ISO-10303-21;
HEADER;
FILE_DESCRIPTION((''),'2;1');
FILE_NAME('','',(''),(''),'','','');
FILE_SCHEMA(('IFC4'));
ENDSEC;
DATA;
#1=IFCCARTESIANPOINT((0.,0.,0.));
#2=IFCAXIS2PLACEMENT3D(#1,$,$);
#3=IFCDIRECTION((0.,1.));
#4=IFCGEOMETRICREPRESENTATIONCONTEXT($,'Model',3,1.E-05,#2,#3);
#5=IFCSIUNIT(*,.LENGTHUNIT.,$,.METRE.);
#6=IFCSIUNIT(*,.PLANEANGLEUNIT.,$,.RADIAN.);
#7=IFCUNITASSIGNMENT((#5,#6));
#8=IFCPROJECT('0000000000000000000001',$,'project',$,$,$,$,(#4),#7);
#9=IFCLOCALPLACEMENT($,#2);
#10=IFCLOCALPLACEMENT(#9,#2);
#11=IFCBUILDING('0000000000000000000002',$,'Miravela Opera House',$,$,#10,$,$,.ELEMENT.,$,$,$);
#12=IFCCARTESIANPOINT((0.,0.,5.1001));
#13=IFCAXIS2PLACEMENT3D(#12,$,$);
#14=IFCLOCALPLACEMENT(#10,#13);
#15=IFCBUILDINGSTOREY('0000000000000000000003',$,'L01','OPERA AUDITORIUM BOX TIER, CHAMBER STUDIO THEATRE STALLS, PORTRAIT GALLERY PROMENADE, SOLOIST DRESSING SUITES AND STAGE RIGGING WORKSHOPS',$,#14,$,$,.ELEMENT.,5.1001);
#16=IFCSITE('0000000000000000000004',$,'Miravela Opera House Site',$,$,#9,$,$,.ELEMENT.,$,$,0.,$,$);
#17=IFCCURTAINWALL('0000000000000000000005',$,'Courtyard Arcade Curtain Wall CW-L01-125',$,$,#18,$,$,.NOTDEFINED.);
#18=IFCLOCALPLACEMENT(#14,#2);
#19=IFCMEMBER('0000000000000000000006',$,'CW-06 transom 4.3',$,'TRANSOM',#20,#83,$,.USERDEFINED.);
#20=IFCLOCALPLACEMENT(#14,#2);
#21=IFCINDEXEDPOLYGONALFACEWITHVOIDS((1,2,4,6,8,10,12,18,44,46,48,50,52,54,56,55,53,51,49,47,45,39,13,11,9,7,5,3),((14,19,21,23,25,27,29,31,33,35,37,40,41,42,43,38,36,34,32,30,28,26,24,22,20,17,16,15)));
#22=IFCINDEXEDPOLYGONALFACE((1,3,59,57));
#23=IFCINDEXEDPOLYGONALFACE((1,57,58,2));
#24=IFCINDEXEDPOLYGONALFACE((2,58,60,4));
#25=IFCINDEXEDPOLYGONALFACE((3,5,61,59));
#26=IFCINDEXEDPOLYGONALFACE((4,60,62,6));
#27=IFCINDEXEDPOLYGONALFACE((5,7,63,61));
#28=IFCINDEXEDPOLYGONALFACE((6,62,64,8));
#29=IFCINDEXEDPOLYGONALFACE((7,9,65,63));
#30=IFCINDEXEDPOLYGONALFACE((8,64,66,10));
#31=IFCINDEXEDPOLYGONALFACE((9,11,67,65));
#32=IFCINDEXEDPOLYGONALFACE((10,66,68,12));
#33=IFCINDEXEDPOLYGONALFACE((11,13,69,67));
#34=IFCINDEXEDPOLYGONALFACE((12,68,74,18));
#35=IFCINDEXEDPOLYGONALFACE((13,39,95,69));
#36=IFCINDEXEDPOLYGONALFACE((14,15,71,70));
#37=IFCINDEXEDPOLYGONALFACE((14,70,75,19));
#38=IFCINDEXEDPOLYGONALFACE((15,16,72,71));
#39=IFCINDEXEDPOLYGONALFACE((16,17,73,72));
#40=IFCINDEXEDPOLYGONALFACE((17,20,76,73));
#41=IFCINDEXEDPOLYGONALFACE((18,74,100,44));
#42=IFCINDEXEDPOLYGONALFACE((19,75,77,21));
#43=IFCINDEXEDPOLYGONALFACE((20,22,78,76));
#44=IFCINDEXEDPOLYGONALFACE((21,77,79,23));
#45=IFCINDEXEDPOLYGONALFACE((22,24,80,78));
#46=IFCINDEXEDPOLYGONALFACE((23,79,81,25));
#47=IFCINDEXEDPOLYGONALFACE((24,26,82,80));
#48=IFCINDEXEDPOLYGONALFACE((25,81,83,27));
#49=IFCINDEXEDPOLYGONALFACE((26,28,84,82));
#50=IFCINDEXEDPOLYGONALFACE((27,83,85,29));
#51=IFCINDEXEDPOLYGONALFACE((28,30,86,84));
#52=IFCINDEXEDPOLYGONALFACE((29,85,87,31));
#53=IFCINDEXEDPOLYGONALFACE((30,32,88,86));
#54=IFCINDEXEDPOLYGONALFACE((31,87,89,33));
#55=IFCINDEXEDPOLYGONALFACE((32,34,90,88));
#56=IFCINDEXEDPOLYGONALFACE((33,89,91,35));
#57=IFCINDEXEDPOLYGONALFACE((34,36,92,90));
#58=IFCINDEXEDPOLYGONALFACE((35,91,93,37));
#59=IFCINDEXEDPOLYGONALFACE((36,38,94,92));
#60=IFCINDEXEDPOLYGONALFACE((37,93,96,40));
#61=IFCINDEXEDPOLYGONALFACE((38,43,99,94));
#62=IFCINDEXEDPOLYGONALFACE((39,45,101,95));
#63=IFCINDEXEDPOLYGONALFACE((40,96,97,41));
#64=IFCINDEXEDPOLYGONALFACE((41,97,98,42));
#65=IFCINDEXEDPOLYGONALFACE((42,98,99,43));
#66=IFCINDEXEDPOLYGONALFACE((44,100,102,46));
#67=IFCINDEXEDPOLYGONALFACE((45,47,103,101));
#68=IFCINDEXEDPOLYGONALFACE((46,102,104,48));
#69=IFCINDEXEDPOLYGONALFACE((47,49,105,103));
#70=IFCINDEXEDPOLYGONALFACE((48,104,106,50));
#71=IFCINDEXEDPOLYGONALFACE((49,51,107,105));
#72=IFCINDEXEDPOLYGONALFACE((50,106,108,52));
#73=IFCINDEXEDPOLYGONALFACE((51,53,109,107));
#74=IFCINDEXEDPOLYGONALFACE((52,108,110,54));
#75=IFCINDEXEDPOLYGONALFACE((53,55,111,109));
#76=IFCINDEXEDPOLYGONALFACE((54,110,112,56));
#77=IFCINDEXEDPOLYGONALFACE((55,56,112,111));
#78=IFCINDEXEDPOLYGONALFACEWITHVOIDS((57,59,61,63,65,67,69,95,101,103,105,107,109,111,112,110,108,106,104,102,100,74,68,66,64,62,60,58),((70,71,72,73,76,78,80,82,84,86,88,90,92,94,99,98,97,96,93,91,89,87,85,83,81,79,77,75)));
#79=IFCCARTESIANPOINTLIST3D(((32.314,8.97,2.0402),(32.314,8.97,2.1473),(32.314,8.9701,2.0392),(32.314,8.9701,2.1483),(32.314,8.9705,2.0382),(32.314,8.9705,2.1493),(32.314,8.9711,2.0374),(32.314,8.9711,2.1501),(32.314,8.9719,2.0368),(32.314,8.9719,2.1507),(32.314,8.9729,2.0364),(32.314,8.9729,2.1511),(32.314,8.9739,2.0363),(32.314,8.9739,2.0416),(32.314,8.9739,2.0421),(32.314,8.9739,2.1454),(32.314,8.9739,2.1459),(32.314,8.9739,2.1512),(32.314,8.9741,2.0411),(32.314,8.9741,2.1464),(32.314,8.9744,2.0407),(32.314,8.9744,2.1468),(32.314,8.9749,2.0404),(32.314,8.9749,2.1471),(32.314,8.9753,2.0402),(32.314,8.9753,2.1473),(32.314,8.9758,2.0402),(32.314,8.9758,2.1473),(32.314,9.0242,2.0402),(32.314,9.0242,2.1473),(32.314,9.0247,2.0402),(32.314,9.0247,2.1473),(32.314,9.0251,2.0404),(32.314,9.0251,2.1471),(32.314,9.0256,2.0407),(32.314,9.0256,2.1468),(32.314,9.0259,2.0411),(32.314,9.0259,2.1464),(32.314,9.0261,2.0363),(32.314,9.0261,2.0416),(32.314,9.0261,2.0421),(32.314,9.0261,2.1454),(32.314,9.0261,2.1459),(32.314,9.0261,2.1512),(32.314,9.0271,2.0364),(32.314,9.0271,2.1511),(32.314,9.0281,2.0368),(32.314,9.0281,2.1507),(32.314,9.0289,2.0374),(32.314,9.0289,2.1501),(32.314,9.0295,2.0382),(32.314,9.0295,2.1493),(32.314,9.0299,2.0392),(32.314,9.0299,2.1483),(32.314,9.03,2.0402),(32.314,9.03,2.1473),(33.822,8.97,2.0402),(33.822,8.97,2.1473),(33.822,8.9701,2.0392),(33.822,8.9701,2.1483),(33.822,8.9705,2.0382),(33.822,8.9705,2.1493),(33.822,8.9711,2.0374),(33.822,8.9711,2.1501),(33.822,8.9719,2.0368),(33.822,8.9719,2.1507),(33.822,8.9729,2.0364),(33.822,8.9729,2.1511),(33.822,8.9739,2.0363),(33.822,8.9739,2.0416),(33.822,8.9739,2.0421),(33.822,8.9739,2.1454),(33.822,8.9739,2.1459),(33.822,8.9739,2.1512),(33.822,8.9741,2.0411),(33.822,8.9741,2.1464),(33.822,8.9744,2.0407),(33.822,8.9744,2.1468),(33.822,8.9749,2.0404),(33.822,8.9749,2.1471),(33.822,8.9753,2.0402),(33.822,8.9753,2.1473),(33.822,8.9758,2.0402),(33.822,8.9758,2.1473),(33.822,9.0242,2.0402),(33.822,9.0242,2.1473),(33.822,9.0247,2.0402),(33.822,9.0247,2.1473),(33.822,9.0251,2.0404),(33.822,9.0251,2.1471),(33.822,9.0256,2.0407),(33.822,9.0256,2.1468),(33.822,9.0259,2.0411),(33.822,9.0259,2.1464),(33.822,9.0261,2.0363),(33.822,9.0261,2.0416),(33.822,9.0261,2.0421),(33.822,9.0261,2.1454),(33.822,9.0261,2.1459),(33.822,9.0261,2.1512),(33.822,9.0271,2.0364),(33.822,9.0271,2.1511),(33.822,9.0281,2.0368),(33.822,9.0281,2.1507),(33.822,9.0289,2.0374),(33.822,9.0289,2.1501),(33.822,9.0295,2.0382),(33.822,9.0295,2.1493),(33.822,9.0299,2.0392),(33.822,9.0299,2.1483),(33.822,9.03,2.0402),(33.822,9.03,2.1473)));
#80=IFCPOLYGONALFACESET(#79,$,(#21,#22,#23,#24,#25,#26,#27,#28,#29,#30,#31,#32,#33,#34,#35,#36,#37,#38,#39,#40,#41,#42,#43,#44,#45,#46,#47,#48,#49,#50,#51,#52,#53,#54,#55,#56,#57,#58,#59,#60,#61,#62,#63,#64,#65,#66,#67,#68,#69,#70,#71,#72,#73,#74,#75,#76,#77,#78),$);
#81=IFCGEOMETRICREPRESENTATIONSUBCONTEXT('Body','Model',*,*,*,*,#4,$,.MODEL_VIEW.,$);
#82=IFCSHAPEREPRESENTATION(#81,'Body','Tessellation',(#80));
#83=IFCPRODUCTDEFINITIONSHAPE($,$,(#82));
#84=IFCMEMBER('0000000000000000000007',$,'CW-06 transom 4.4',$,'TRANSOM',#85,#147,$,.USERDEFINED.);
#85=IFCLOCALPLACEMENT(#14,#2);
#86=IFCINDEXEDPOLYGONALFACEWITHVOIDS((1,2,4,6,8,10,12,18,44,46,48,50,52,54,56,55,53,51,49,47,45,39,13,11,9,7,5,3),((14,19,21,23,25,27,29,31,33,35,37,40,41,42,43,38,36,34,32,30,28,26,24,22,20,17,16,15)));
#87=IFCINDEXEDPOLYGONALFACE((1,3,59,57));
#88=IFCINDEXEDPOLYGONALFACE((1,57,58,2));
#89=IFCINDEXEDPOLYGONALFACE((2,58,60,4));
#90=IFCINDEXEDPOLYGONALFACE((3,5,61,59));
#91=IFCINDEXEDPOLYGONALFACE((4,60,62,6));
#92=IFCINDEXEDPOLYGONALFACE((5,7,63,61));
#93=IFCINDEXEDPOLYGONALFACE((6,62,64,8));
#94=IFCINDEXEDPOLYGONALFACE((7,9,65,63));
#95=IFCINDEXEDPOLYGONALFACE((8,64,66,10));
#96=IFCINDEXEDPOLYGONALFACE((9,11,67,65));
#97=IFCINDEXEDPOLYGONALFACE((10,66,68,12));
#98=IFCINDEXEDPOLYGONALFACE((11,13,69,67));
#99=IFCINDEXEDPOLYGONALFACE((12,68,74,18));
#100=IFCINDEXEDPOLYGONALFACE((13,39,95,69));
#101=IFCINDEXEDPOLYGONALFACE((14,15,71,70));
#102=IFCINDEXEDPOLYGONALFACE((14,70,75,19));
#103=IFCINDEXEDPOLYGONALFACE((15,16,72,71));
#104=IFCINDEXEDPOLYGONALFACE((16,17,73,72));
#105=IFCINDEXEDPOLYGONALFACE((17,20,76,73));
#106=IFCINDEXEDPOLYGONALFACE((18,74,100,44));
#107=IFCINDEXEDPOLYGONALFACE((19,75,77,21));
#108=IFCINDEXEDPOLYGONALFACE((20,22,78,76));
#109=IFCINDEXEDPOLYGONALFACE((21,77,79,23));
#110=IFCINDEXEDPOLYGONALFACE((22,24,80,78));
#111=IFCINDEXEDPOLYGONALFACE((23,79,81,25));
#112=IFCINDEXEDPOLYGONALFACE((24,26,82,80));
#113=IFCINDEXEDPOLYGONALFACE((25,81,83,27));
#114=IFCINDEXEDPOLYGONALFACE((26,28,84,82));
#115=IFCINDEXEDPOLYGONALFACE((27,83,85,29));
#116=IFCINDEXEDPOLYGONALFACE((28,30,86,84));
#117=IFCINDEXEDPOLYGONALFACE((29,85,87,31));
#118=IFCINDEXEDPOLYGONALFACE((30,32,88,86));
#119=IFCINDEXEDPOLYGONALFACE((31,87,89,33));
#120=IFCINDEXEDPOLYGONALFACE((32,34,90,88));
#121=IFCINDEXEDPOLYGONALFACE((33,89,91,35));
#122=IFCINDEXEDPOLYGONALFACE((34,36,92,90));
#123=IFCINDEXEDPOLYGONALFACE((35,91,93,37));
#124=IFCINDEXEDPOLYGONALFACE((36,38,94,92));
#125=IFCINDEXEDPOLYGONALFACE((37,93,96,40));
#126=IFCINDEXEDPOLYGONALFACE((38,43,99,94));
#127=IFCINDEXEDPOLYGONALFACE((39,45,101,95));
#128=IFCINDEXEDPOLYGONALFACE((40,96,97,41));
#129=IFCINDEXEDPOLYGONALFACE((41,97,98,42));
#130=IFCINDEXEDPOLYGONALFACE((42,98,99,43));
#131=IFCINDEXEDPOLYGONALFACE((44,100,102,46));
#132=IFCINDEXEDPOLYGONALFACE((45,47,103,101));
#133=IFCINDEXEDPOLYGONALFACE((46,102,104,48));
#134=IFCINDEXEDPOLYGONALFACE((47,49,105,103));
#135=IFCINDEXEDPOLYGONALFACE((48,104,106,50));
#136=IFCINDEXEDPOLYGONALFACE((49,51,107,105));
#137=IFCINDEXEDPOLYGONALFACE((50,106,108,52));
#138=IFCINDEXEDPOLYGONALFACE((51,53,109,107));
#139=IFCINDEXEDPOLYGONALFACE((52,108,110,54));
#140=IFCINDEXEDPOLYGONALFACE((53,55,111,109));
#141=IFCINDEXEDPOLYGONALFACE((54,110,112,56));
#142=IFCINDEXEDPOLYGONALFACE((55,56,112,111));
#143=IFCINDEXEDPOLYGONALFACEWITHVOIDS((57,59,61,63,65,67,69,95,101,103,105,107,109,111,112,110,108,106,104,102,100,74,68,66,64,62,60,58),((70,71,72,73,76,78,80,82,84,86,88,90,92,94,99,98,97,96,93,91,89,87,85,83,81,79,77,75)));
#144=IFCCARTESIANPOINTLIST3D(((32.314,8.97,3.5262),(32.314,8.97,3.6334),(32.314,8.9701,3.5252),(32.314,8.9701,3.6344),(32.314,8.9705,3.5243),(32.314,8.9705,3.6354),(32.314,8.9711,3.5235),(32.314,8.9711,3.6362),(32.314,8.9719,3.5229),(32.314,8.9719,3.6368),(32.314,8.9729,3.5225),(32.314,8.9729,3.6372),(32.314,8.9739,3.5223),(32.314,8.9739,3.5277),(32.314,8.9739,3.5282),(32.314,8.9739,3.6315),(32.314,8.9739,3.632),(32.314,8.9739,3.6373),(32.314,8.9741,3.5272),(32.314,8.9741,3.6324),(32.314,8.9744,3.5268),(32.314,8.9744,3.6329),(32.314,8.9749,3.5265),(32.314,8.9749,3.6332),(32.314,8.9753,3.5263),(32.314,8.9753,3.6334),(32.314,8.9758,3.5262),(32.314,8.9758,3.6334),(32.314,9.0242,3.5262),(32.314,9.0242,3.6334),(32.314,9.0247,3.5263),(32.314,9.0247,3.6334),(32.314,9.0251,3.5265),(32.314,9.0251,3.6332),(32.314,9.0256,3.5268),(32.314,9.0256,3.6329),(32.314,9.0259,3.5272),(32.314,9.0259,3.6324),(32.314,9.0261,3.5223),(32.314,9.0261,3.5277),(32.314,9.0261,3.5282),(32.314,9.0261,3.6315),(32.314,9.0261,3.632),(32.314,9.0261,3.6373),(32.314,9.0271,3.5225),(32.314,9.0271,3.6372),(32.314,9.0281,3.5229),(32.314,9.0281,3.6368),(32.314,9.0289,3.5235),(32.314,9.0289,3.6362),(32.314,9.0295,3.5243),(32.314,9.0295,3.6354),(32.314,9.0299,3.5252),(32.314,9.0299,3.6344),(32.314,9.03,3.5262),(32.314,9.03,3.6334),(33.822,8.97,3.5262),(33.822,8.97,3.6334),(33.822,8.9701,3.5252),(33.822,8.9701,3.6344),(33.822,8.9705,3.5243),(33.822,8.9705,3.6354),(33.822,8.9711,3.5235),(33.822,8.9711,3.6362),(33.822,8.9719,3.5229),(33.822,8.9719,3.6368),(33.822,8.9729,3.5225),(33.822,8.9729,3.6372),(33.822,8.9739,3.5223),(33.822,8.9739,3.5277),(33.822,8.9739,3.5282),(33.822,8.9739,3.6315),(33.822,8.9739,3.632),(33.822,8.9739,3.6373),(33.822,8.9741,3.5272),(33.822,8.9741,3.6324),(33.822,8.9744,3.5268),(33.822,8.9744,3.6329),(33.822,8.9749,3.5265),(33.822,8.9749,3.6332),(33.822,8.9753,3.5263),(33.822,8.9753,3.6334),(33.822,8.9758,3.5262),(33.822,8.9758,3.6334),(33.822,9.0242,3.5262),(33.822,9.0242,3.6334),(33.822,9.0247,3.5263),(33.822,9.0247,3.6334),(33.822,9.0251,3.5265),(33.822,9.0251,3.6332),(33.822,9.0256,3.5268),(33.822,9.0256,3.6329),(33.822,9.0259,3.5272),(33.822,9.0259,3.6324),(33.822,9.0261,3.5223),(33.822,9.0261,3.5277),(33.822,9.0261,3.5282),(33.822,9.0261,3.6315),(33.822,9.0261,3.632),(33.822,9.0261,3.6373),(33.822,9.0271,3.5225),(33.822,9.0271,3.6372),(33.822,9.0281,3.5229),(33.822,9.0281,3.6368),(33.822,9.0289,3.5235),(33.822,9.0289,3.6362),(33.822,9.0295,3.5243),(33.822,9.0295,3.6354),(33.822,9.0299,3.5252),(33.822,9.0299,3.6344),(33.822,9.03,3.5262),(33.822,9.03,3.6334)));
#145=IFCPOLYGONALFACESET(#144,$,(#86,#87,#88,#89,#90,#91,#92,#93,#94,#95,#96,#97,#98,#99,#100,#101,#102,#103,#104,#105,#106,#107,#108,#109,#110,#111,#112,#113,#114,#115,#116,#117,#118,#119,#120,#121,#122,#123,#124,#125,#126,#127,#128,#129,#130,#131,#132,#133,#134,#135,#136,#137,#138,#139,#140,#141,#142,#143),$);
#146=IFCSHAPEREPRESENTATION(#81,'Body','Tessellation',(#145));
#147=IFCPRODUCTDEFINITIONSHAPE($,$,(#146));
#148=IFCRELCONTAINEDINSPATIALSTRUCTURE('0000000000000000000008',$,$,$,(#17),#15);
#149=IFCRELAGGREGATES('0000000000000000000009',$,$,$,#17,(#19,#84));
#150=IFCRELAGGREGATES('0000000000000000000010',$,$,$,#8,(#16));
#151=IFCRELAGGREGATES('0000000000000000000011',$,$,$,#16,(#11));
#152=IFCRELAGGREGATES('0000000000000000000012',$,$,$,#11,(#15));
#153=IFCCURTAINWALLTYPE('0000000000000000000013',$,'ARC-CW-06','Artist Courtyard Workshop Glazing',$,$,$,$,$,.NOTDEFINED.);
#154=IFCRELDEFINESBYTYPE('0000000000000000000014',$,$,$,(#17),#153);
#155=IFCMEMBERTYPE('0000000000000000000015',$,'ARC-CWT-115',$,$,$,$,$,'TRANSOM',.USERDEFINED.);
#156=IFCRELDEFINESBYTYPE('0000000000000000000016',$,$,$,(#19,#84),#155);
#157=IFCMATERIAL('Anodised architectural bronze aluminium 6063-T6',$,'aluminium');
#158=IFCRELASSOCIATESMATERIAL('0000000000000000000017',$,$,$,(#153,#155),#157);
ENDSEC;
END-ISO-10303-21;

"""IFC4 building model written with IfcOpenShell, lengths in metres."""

from ifc_helpers import new_model, si_unit, direction, frame, origin, origin_2d, place, context, subcontext, project, spatial, hollow_rectangle, extrude, material, material_profile, profile_set, type_object, element, aggregate, save


model = new_model("IFC4")

# Units and contexts
model_context = context("Model", 3, precision=1e-05, world=origin(), true_north=direction((0.0, 1.0)))
body_context = subcontext(model_context, "Body", "Model", "MODEL_VIEW")
ifc_project = project(units=[si_unit("LENGTHUNIT", "METRE"), si_unit("PLANEANGLEUNIT", "RADIAN")], contexts=[model_context])

# Site, building, storey
site_placement = place(None, origin())
site = spatial("IfcSite", under=ifc_project, at=site_placement, Name="Miravela Opera House Site", CompositionType="ELEMENT", RefElevation=0.0)
building_placement = place(site_placement, origin())
building = spatial("IfcBuilding", under=site, at=building_placement, Name="Miravela Opera House", CompositionType="ELEMENT")
storey_placement = place(building_placement, frame((0.0, 0.0, 5.1001)))
storey = spatial("IfcBuildingStorey", under=building, at=storey_placement, Name="L01", Description="OPERA AUDITORIUM BOX TIER, CHAMBER STUDIO THEATRE STALLS, PORTRAIT GALLERY PROMENADE, SOLOIST DRESSING SUITES AND STAGE RIGGING WORKSHOPS", CompositionType="ELEMENT", Elevation=5.1001)

# Curtain wall
ifc_material_1 = material(Name="Anodised architectural bronze aluminium 6063-T6", Category="aluminium")
curtain_wall_type = type_object("IfcCurtainWallType", Name="ARC-CW-06", Description="Artist Courtyard Workshop Glazing", PredefinedType="NOTDEFINED", material=ifc_material_1)
curtain_wall_1_placement = place(storey_placement, origin())
curtain_wall_1 = element("IfcCurtainWall", 1, at=curtain_wall_1_placement, inside=storey, type_object=curtain_wall_type, Name="Courtyard Arcade Curtain Wall CW-L01-125", PredefinedType="NOTDEFINED")

# Members
ifc_material_profile_1 = material_profile(ifc_material_1, hollow_rectangle(XDim=0.0601, YDim=0.115, WallThickness=0.0039, InnerFilletRadius=0.002, OuterFilletRadius=0.0039, at=origin_2d()), Name="CWT-60X115")
ifc_profile_set_1 = profile_set([ifc_material_profile_1])
member_type_1 = type_object("IfcMemberType", Name="ARC-CWT-115", ElementType="TRANSOM", PredefinedType="USERDEFINED", material=ifc_profile_set_1)
member_1_placement = place(storey_placement, frame((32.314, 9.0, 2.0938), z_axis=(1.0, 0.0, 0.0), x_axis=(0.0, 1.0, 0.0)))
member_1 = element("IfcMember", 2, at=member_1_placement, type_object=member_type_1, Name="CW-06 transom 4.3", ObjectType="TRANSOM", PredefinedType="USERDEFINED", context=body_context, shape_type="SweptSolid", body=[
    extrude(hollow_rectangle(XDim=0.0601, YDim=0.115, WallThickness=0.0039, InnerFilletRadius=0.002, OuterFilletRadius=0.0039, at=origin_2d()), origin(), (0.0, 0.0, 1.0), 1.5081),
])
member_2_placement = place(storey_placement, frame((32.314, 9.0, 3.5798), z_axis=(1.0, 0.0, 0.0), x_axis=(0.0, 1.0, 0.0)))
member_2 = element("IfcMember", 3, at=member_2_placement, type_object=member_type_1, Name="CW-06 transom 4.4", ObjectType="TRANSOM", PredefinedType="USERDEFINED", context=body_context, shape_type="SweptSolid", body=[
    extrude(hollow_rectangle(XDim=0.0601, YDim=0.115, WallThickness=0.0039, InnerFilletRadius=0.002, OuterFilletRadius=0.0039, at=origin_2d()), origin(), (0.0, 0.0, 1.0), 1.5081),
])

aggregate(curtain_wall_1, [member_1, member_2])

save(model, "model.ifc")
